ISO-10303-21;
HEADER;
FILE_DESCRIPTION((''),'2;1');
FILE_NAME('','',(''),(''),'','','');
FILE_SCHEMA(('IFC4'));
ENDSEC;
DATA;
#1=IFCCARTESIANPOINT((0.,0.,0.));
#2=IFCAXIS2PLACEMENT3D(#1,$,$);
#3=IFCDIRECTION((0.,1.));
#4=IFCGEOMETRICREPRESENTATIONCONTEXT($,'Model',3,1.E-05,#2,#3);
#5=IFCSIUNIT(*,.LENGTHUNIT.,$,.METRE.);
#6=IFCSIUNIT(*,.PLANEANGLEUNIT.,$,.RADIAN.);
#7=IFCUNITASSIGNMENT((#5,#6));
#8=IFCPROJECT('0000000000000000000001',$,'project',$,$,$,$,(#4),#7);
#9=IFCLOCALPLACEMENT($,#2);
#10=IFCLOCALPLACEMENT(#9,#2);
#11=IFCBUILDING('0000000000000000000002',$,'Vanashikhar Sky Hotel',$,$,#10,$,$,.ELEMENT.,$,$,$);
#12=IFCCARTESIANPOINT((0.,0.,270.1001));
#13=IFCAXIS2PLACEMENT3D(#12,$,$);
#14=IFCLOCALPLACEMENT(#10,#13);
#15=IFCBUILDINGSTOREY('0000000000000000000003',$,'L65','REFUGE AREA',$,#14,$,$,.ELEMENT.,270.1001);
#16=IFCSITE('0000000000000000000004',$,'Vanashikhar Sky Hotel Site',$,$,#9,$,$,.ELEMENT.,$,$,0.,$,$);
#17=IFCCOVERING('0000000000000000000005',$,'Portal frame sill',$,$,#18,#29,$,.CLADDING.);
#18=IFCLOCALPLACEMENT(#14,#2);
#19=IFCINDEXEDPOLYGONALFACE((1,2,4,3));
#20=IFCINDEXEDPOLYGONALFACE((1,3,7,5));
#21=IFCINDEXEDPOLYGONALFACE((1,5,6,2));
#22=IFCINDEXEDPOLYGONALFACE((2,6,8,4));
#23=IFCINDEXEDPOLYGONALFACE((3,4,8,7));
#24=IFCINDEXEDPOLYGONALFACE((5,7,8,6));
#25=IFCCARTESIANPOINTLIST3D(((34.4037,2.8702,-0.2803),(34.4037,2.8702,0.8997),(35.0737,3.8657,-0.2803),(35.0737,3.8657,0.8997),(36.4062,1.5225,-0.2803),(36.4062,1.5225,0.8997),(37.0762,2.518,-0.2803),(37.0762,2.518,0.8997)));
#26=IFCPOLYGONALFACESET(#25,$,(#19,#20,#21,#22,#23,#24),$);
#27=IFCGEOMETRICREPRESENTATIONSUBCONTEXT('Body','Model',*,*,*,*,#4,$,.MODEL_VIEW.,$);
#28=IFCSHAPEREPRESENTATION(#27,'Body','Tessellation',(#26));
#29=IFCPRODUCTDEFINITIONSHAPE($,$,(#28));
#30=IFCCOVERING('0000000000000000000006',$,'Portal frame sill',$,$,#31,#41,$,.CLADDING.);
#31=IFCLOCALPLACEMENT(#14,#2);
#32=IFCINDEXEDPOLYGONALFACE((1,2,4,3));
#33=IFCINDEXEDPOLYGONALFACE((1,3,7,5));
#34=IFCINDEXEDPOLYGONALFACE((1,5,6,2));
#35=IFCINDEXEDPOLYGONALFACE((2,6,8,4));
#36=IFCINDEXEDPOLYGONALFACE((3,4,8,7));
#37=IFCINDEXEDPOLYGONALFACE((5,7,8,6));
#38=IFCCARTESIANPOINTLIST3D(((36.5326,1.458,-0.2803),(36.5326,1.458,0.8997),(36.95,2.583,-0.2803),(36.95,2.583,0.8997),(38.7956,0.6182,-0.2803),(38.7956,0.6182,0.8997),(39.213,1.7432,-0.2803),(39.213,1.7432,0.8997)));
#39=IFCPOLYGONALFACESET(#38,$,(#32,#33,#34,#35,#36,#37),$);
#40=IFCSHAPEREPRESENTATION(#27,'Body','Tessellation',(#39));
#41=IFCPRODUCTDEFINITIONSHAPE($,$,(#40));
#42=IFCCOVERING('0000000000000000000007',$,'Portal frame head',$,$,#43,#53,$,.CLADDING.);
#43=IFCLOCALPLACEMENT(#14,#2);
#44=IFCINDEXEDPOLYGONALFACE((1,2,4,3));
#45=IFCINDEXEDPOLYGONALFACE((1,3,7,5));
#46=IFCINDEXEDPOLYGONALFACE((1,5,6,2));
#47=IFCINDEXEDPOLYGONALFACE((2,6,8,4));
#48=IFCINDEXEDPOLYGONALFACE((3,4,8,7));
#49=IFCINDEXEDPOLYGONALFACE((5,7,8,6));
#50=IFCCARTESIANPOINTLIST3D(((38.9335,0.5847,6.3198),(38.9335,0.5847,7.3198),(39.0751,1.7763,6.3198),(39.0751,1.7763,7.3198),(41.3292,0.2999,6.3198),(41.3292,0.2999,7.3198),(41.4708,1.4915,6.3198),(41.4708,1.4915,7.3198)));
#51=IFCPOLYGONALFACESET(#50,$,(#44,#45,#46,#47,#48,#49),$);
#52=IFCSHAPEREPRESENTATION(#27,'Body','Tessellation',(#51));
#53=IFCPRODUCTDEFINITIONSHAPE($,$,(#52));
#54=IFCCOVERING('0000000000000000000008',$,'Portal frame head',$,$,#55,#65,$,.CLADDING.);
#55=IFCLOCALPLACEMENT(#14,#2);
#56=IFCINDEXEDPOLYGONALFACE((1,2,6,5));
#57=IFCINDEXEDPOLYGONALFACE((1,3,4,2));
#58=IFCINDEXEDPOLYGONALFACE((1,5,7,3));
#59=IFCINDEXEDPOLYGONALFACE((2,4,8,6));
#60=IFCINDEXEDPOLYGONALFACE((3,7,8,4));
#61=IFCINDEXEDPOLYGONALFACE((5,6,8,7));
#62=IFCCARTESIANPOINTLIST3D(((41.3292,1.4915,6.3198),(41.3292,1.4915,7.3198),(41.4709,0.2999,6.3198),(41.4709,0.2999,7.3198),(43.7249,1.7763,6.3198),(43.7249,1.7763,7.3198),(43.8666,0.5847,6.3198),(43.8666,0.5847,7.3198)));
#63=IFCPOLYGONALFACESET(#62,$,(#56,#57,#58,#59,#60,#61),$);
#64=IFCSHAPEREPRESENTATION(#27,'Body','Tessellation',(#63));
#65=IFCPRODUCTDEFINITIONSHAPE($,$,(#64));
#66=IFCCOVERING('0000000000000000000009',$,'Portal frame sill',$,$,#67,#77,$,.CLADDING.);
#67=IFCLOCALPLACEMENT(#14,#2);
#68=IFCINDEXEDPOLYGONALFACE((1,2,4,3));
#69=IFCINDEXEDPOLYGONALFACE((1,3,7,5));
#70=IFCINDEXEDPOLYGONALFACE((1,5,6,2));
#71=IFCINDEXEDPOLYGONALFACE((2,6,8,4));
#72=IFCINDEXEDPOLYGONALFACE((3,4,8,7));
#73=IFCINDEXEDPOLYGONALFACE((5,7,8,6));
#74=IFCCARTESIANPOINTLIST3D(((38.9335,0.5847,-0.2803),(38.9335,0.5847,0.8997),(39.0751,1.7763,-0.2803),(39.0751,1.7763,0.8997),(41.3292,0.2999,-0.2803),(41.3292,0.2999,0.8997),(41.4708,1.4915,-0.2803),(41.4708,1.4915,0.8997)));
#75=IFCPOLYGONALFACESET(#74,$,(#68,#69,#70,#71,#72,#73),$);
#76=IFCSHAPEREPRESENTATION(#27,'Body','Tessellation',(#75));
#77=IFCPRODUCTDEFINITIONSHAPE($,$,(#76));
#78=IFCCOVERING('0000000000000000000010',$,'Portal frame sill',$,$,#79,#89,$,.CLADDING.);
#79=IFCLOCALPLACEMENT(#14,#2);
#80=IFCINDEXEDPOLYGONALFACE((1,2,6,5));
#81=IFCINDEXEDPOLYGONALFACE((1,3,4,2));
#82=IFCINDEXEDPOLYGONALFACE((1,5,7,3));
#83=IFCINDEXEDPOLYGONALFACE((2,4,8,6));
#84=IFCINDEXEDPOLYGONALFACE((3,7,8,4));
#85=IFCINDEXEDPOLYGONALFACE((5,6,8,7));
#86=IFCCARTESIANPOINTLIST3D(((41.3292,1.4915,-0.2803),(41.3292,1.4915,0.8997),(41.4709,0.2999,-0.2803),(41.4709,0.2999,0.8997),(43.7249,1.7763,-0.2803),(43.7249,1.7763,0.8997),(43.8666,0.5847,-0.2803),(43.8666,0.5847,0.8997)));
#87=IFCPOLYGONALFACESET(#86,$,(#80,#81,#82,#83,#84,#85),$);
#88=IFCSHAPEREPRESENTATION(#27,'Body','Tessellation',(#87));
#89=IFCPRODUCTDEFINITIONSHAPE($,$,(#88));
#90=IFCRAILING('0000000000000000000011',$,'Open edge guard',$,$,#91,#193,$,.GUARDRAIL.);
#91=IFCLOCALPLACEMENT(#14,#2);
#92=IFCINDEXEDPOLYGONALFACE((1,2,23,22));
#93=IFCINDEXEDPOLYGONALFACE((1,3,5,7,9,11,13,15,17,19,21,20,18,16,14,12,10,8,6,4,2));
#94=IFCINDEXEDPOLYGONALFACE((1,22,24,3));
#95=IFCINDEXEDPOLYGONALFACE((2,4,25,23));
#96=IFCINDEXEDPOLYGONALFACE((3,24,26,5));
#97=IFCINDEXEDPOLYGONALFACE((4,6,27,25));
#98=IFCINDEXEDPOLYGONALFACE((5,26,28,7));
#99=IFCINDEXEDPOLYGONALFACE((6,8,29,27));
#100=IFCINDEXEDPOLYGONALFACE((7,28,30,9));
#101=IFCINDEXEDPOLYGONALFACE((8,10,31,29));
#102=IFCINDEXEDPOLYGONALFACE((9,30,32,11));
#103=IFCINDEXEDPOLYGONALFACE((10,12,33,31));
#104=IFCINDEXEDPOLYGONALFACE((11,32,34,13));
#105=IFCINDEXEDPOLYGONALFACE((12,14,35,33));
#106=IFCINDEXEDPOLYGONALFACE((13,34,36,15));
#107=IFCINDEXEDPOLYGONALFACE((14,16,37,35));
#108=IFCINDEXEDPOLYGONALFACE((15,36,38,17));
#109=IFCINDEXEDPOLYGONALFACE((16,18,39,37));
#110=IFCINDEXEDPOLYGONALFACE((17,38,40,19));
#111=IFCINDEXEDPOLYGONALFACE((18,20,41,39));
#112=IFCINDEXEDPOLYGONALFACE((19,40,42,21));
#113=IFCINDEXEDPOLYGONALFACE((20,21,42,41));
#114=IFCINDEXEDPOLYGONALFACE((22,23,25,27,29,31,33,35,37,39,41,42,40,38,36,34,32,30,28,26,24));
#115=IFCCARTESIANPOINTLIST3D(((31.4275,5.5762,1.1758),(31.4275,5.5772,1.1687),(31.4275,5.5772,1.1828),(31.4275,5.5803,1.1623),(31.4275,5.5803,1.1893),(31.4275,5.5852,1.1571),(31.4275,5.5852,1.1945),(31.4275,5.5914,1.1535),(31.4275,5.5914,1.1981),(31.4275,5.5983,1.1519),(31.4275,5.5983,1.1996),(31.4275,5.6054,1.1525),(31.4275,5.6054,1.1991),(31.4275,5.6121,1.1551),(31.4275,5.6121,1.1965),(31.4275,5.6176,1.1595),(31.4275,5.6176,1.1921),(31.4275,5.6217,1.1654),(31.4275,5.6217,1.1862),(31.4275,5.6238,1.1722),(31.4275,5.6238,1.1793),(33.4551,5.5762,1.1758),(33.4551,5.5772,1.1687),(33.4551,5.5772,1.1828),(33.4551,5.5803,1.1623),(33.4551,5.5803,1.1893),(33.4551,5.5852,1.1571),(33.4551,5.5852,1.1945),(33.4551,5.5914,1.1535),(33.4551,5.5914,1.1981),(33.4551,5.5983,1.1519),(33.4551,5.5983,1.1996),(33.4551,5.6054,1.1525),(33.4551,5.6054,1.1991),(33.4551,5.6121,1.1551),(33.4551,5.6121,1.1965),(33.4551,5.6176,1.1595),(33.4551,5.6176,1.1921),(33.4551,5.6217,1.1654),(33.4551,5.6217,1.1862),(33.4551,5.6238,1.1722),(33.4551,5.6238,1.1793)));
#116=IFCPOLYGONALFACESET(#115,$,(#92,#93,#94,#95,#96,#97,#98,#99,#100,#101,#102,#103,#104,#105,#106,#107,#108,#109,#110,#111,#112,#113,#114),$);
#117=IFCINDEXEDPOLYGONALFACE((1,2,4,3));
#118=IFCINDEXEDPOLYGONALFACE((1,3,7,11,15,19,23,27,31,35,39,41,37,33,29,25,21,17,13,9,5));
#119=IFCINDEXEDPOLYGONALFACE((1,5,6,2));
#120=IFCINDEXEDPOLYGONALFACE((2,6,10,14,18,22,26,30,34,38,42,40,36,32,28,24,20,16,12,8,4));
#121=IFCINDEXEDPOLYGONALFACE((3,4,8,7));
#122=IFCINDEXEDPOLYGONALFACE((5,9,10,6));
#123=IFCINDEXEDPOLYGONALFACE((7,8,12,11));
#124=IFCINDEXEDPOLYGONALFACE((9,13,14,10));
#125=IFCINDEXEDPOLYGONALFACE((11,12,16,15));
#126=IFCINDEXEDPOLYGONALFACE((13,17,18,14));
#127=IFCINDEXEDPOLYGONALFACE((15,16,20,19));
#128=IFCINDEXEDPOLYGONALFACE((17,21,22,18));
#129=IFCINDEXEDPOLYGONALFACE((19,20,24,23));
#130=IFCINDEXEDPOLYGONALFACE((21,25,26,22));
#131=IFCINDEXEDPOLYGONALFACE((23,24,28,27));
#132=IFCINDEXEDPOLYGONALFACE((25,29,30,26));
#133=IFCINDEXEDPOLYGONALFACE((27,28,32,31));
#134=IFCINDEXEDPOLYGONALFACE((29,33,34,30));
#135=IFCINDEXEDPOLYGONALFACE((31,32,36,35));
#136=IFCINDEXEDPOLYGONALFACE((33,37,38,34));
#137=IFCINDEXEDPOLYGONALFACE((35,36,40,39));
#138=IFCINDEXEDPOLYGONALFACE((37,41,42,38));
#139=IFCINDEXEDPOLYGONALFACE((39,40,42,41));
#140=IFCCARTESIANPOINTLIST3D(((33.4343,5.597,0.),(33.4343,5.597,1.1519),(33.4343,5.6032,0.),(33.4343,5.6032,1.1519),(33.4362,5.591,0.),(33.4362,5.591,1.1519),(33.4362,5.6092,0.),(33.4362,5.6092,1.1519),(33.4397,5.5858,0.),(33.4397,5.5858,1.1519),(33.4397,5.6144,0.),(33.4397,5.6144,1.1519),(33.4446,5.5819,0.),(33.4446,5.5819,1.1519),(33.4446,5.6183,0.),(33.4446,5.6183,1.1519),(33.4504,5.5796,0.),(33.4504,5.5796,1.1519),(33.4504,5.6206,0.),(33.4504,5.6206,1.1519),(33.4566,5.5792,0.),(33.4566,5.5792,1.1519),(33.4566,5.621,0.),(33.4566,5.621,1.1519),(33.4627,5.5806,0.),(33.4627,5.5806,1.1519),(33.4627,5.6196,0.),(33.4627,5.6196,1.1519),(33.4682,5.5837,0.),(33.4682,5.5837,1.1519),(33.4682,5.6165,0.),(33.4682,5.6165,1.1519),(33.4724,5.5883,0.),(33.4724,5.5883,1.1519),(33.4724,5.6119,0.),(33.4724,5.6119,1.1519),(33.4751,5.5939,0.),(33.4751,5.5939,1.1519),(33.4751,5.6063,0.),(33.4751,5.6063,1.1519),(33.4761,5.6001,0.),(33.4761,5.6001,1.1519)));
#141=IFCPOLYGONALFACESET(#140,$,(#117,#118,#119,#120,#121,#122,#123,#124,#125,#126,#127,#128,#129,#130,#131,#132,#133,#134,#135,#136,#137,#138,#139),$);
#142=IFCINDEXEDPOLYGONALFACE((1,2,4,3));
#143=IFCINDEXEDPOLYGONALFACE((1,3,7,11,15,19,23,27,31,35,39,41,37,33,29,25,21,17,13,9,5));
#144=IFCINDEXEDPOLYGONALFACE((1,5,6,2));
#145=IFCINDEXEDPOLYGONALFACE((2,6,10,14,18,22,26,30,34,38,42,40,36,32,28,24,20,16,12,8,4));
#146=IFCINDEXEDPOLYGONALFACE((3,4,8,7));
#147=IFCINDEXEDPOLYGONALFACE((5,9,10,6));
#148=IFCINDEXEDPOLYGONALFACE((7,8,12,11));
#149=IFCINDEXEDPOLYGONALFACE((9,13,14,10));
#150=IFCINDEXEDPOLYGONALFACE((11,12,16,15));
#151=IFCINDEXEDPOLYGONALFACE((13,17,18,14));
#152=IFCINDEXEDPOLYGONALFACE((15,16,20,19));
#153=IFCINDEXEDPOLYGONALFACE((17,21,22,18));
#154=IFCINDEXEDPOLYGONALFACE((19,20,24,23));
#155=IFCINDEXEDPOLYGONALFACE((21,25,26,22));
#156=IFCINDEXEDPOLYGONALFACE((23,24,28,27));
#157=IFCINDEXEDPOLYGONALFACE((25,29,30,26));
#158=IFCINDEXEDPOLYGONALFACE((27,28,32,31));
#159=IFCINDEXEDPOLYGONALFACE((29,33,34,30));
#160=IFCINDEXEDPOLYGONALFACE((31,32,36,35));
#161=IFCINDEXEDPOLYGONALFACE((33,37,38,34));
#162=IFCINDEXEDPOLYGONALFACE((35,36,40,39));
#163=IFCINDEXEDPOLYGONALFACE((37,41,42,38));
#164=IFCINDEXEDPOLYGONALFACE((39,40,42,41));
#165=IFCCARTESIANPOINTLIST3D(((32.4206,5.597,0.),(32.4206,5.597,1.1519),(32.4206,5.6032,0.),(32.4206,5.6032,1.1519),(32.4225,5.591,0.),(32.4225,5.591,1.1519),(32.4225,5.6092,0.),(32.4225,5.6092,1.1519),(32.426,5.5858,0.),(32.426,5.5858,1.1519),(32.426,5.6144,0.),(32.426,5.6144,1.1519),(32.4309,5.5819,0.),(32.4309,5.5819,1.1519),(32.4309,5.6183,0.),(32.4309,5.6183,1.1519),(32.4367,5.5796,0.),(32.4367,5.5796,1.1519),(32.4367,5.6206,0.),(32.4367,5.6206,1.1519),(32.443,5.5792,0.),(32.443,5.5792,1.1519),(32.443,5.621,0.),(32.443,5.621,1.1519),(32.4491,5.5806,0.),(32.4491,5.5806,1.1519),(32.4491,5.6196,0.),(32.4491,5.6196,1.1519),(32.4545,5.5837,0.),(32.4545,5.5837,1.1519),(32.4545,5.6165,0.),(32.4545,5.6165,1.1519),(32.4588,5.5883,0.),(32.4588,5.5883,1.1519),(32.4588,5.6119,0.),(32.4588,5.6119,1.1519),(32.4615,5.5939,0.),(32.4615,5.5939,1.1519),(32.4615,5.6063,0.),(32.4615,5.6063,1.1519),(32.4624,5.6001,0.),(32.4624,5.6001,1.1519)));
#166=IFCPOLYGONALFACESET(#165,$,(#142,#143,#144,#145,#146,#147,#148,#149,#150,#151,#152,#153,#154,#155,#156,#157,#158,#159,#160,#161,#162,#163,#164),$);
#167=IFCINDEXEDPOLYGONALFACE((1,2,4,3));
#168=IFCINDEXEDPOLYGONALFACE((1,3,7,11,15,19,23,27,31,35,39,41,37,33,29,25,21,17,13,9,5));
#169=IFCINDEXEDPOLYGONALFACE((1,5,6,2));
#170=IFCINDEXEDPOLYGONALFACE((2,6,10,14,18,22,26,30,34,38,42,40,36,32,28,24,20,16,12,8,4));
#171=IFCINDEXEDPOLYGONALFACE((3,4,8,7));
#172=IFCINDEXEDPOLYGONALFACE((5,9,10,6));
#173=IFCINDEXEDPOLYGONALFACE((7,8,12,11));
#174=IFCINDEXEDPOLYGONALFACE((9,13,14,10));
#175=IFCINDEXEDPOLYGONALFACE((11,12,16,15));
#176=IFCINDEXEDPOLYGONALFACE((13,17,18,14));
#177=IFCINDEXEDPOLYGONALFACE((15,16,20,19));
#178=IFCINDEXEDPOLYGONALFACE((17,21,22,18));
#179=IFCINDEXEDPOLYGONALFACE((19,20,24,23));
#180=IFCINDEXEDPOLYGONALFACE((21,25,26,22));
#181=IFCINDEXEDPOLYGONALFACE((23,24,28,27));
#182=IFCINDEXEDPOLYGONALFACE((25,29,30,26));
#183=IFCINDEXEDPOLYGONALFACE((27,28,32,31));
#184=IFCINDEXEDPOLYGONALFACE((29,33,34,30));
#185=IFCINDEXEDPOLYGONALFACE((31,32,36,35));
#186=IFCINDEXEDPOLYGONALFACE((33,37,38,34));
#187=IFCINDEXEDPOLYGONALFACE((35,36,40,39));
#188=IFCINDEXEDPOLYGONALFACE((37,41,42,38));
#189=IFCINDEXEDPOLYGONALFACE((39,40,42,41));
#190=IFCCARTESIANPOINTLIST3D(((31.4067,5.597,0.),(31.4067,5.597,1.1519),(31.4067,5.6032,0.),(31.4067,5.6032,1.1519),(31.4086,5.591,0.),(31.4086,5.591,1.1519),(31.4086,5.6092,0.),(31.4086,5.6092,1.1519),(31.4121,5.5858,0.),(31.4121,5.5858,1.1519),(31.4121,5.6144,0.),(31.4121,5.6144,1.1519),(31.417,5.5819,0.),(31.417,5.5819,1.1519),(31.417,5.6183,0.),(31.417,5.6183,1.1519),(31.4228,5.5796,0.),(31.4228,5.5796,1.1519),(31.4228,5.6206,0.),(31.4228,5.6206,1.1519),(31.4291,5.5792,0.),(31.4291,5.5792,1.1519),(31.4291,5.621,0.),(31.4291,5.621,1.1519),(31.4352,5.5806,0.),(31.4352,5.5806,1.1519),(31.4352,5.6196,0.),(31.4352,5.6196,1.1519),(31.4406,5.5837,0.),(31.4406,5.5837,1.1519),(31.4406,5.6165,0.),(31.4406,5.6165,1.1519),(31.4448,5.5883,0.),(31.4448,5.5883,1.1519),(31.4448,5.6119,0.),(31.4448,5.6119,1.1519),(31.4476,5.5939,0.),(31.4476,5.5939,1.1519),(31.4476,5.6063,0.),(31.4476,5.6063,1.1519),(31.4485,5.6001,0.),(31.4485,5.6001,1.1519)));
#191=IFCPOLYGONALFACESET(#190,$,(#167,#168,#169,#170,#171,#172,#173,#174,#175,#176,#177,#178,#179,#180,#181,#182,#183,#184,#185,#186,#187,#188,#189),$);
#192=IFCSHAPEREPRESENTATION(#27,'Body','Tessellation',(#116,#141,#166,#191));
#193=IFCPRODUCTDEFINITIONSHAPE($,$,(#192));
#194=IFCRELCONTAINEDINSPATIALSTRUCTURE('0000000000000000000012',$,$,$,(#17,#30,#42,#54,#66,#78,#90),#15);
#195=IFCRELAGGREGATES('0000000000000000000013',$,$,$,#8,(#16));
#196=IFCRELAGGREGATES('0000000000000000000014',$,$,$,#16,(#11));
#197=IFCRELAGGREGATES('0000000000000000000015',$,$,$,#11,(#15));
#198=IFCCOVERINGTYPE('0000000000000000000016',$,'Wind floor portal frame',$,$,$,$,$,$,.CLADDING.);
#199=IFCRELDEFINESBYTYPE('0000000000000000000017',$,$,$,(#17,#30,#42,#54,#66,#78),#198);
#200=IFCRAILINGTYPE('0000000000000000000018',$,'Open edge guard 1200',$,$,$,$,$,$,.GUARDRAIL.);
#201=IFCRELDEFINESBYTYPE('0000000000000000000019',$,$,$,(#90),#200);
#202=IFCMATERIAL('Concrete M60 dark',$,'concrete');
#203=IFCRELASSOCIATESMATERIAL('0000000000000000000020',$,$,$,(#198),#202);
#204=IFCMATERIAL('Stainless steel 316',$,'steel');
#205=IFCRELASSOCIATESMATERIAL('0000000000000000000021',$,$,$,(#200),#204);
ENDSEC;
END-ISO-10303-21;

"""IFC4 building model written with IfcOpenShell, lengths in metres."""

from ifc_helpers import new_model, si_unit, direction, frame, origin, origin_2d, place, context, subcontext, project, spatial, rectangle, circle, extrude, source, transform, mapped, material, type_object, element, save


model = new_model("IFC4")

# Units and contexts
model_context = context("Model", 3, precision=1e-05, world=origin(), true_north=direction((0.0, 1.0)))
body_context = subcontext(model_context, "Body", "Model", "MODEL_VIEW")
ifc_project = project(units=[si_unit("LENGTHUNIT", "METRE"), si_unit("PLANEANGLEUNIT", "RADIAN")], contexts=[model_context])

# Site, building, storey
site_placement = place(None, origin())
site = spatial("IfcSite", under=ifc_project, at=site_placement, Name="Vanashikhar Sky Hotel Site", CompositionType="ELEMENT", RefElevation=0.0)
building_placement = place(site_placement, origin())
building = spatial("IfcBuilding", under=site, at=building_placement, Name="Vanashikhar Sky Hotel", CompositionType="ELEMENT")
storey_placement = place(building_placement, frame((0.0, 0.0, 270.1001)))
storey = spatial("IfcBuildingStorey", under=building, at=storey_placement, Name="L65", Description="REFUGE AREA", CompositionType="ELEMENT", Elevation=270.1001)

# Coverings
ifc_material_1 = material(Name="Concrete M60 dark", Category="concrete")
covering_type = type_object("IfcCoveringType", Name="Wind floor portal frame", PredefinedType="CLADDING", material=ifc_material_1)
shared_shape_1 = source(origin(), body_context, "Body", "SweptSolid", [
    extrude(rectangle(XDim=2.4138, YDim=1.2, at=origin_2d()), origin(), (0.0, 0.0, 1.0), 1.1799),
])
for number, where, z_axis, x_axis, name in (
    (1, (35.74, 2.6941, -0.2803), (0.0, 0.0, 1.0), (0.829603, -0.558353, 0.0), "Portal frame sill"),
    (2, (37.8728, 1.6006, -0.2803), (0.0, 0.0, 1.0), (0.937531, -0.347901, 0.0), "Portal frame sill"),
):
    element("IfcCovering", number, at=place(storey_placement, frame(where, z_axis=z_axis, x_axis=x_axis)), inside=storey, type_object=covering_type, Name=name, PredefinedType="CLADDING", context=body_context, shape_type="MappedRepresentation", body=[
        mapped(shared_shape_1, transform((0.0, 0.0, 0.0), scale=1.0)),
    ])
shared_shape_2 = source(origin(), body_context, "Body", "SweptSolid", [
    extrude(rectangle(XDim=2.4126, YDim=1.2, at=origin_2d()), origin(), (0.0, 0.0, 1.0), 1.0),
])
for number, where, z_axis, x_axis, name in (
    (3, (40.2021, 1.0381, 6.3198), (0.0, 0.0, 1.0), (0.993009, -0.11804, 0.0), "Portal frame head"),
    (4, (42.5979, 1.0381, 6.3198), (0.0, 0.0, 1.0), (0.993009, 0.11804, 0.0), "Portal frame head"),
):
    element("IfcCovering", number, at=place(storey_placement, frame(where, z_axis=z_axis, x_axis=x_axis)), inside=storey, type_object=covering_type, Name=name, PredefinedType="CLADDING", context=body_context, shape_type="MappedRepresentation", body=[
        mapped(shared_shape_2, transform((0.0, 0.0, 0.0), scale=1.0)),
    ])
shared_shape_3 = source(origin(), body_context, "Body", "SweptSolid", [
    extrude(rectangle(XDim=2.4126, YDim=1.2, at=origin_2d()), origin(), (0.0, 0.0, 1.0), 1.1799),
])
for number, where, z_axis, x_axis, name in (
    (5, (40.2021, 1.0381, -0.2803), (0.0, 0.0, 1.0), (0.993009, -0.11804, 0.0), "Portal frame sill"),
    (6, (42.5979, 1.0381, -0.2803), (0.0, 0.0, 1.0), (0.993009, 0.11804, 0.0), "Portal frame sill"),
):
    element("IfcCovering", number, at=place(storey_placement, frame(where, z_axis=z_axis, x_axis=x_axis)), inside=storey, type_object=covering_type, Name=name, PredefinedType="CLADDING", context=body_context, shape_type="MappedRepresentation", body=[
        mapped(shared_shape_3, transform((0.0, 0.0, 0.0), scale=1.0)),
    ])

# Railing
ifc_material_2 = material(Name="Stainless steel 316", Category="steel")
railing_type = type_object("IfcRailingType", Name="Open edge guard 1200", PredefinedType="GUARDRAIL", material=ifc_material_2)
shared_shape_4 = source(origin(), body_context, "Body", "SweptSolid", [
    extrude(circle(Radius=0.0239, at=origin_2d()), frame((0.0, 0.0, 1.1758), z_axis=(-1.0, 0.0, 0.0), x_axis=(0.0, -1.0, 0.0)), (0.0, 0.0, 1.0), 2.0276),
    extrude(circle(Radius=0.021, at=origin_2d()), origin(), (0.0, 0.0, 1.0), 1.1519),
    extrude(circle(Radius=0.021, at=origin_2d()), frame((-1.0137, 0.0, 0.0)), (0.0, 0.0, 1.0), 1.1519),
    extrude(circle(Radius=0.021, at=origin_2d()), frame((-2.0276, 0.0, 0.0)), (0.0, 0.0, 1.0), 1.1519),
])
railing_1_placement = place(storey_placement, frame((33.4551, 5.6001, 0.0)))
element("IfcRailing", 7, at=railing_1_placement, inside=storey, type_object=railing_type, Name="Open edge guard", PredefinedType="GUARDRAIL", context=body_context, shape_type="MappedRepresentation", body=[
    mapped(shared_shape_4, transform((0.0, 0.0, 0.0), scale=1.0)),
])

save(model, "model.ifc")
